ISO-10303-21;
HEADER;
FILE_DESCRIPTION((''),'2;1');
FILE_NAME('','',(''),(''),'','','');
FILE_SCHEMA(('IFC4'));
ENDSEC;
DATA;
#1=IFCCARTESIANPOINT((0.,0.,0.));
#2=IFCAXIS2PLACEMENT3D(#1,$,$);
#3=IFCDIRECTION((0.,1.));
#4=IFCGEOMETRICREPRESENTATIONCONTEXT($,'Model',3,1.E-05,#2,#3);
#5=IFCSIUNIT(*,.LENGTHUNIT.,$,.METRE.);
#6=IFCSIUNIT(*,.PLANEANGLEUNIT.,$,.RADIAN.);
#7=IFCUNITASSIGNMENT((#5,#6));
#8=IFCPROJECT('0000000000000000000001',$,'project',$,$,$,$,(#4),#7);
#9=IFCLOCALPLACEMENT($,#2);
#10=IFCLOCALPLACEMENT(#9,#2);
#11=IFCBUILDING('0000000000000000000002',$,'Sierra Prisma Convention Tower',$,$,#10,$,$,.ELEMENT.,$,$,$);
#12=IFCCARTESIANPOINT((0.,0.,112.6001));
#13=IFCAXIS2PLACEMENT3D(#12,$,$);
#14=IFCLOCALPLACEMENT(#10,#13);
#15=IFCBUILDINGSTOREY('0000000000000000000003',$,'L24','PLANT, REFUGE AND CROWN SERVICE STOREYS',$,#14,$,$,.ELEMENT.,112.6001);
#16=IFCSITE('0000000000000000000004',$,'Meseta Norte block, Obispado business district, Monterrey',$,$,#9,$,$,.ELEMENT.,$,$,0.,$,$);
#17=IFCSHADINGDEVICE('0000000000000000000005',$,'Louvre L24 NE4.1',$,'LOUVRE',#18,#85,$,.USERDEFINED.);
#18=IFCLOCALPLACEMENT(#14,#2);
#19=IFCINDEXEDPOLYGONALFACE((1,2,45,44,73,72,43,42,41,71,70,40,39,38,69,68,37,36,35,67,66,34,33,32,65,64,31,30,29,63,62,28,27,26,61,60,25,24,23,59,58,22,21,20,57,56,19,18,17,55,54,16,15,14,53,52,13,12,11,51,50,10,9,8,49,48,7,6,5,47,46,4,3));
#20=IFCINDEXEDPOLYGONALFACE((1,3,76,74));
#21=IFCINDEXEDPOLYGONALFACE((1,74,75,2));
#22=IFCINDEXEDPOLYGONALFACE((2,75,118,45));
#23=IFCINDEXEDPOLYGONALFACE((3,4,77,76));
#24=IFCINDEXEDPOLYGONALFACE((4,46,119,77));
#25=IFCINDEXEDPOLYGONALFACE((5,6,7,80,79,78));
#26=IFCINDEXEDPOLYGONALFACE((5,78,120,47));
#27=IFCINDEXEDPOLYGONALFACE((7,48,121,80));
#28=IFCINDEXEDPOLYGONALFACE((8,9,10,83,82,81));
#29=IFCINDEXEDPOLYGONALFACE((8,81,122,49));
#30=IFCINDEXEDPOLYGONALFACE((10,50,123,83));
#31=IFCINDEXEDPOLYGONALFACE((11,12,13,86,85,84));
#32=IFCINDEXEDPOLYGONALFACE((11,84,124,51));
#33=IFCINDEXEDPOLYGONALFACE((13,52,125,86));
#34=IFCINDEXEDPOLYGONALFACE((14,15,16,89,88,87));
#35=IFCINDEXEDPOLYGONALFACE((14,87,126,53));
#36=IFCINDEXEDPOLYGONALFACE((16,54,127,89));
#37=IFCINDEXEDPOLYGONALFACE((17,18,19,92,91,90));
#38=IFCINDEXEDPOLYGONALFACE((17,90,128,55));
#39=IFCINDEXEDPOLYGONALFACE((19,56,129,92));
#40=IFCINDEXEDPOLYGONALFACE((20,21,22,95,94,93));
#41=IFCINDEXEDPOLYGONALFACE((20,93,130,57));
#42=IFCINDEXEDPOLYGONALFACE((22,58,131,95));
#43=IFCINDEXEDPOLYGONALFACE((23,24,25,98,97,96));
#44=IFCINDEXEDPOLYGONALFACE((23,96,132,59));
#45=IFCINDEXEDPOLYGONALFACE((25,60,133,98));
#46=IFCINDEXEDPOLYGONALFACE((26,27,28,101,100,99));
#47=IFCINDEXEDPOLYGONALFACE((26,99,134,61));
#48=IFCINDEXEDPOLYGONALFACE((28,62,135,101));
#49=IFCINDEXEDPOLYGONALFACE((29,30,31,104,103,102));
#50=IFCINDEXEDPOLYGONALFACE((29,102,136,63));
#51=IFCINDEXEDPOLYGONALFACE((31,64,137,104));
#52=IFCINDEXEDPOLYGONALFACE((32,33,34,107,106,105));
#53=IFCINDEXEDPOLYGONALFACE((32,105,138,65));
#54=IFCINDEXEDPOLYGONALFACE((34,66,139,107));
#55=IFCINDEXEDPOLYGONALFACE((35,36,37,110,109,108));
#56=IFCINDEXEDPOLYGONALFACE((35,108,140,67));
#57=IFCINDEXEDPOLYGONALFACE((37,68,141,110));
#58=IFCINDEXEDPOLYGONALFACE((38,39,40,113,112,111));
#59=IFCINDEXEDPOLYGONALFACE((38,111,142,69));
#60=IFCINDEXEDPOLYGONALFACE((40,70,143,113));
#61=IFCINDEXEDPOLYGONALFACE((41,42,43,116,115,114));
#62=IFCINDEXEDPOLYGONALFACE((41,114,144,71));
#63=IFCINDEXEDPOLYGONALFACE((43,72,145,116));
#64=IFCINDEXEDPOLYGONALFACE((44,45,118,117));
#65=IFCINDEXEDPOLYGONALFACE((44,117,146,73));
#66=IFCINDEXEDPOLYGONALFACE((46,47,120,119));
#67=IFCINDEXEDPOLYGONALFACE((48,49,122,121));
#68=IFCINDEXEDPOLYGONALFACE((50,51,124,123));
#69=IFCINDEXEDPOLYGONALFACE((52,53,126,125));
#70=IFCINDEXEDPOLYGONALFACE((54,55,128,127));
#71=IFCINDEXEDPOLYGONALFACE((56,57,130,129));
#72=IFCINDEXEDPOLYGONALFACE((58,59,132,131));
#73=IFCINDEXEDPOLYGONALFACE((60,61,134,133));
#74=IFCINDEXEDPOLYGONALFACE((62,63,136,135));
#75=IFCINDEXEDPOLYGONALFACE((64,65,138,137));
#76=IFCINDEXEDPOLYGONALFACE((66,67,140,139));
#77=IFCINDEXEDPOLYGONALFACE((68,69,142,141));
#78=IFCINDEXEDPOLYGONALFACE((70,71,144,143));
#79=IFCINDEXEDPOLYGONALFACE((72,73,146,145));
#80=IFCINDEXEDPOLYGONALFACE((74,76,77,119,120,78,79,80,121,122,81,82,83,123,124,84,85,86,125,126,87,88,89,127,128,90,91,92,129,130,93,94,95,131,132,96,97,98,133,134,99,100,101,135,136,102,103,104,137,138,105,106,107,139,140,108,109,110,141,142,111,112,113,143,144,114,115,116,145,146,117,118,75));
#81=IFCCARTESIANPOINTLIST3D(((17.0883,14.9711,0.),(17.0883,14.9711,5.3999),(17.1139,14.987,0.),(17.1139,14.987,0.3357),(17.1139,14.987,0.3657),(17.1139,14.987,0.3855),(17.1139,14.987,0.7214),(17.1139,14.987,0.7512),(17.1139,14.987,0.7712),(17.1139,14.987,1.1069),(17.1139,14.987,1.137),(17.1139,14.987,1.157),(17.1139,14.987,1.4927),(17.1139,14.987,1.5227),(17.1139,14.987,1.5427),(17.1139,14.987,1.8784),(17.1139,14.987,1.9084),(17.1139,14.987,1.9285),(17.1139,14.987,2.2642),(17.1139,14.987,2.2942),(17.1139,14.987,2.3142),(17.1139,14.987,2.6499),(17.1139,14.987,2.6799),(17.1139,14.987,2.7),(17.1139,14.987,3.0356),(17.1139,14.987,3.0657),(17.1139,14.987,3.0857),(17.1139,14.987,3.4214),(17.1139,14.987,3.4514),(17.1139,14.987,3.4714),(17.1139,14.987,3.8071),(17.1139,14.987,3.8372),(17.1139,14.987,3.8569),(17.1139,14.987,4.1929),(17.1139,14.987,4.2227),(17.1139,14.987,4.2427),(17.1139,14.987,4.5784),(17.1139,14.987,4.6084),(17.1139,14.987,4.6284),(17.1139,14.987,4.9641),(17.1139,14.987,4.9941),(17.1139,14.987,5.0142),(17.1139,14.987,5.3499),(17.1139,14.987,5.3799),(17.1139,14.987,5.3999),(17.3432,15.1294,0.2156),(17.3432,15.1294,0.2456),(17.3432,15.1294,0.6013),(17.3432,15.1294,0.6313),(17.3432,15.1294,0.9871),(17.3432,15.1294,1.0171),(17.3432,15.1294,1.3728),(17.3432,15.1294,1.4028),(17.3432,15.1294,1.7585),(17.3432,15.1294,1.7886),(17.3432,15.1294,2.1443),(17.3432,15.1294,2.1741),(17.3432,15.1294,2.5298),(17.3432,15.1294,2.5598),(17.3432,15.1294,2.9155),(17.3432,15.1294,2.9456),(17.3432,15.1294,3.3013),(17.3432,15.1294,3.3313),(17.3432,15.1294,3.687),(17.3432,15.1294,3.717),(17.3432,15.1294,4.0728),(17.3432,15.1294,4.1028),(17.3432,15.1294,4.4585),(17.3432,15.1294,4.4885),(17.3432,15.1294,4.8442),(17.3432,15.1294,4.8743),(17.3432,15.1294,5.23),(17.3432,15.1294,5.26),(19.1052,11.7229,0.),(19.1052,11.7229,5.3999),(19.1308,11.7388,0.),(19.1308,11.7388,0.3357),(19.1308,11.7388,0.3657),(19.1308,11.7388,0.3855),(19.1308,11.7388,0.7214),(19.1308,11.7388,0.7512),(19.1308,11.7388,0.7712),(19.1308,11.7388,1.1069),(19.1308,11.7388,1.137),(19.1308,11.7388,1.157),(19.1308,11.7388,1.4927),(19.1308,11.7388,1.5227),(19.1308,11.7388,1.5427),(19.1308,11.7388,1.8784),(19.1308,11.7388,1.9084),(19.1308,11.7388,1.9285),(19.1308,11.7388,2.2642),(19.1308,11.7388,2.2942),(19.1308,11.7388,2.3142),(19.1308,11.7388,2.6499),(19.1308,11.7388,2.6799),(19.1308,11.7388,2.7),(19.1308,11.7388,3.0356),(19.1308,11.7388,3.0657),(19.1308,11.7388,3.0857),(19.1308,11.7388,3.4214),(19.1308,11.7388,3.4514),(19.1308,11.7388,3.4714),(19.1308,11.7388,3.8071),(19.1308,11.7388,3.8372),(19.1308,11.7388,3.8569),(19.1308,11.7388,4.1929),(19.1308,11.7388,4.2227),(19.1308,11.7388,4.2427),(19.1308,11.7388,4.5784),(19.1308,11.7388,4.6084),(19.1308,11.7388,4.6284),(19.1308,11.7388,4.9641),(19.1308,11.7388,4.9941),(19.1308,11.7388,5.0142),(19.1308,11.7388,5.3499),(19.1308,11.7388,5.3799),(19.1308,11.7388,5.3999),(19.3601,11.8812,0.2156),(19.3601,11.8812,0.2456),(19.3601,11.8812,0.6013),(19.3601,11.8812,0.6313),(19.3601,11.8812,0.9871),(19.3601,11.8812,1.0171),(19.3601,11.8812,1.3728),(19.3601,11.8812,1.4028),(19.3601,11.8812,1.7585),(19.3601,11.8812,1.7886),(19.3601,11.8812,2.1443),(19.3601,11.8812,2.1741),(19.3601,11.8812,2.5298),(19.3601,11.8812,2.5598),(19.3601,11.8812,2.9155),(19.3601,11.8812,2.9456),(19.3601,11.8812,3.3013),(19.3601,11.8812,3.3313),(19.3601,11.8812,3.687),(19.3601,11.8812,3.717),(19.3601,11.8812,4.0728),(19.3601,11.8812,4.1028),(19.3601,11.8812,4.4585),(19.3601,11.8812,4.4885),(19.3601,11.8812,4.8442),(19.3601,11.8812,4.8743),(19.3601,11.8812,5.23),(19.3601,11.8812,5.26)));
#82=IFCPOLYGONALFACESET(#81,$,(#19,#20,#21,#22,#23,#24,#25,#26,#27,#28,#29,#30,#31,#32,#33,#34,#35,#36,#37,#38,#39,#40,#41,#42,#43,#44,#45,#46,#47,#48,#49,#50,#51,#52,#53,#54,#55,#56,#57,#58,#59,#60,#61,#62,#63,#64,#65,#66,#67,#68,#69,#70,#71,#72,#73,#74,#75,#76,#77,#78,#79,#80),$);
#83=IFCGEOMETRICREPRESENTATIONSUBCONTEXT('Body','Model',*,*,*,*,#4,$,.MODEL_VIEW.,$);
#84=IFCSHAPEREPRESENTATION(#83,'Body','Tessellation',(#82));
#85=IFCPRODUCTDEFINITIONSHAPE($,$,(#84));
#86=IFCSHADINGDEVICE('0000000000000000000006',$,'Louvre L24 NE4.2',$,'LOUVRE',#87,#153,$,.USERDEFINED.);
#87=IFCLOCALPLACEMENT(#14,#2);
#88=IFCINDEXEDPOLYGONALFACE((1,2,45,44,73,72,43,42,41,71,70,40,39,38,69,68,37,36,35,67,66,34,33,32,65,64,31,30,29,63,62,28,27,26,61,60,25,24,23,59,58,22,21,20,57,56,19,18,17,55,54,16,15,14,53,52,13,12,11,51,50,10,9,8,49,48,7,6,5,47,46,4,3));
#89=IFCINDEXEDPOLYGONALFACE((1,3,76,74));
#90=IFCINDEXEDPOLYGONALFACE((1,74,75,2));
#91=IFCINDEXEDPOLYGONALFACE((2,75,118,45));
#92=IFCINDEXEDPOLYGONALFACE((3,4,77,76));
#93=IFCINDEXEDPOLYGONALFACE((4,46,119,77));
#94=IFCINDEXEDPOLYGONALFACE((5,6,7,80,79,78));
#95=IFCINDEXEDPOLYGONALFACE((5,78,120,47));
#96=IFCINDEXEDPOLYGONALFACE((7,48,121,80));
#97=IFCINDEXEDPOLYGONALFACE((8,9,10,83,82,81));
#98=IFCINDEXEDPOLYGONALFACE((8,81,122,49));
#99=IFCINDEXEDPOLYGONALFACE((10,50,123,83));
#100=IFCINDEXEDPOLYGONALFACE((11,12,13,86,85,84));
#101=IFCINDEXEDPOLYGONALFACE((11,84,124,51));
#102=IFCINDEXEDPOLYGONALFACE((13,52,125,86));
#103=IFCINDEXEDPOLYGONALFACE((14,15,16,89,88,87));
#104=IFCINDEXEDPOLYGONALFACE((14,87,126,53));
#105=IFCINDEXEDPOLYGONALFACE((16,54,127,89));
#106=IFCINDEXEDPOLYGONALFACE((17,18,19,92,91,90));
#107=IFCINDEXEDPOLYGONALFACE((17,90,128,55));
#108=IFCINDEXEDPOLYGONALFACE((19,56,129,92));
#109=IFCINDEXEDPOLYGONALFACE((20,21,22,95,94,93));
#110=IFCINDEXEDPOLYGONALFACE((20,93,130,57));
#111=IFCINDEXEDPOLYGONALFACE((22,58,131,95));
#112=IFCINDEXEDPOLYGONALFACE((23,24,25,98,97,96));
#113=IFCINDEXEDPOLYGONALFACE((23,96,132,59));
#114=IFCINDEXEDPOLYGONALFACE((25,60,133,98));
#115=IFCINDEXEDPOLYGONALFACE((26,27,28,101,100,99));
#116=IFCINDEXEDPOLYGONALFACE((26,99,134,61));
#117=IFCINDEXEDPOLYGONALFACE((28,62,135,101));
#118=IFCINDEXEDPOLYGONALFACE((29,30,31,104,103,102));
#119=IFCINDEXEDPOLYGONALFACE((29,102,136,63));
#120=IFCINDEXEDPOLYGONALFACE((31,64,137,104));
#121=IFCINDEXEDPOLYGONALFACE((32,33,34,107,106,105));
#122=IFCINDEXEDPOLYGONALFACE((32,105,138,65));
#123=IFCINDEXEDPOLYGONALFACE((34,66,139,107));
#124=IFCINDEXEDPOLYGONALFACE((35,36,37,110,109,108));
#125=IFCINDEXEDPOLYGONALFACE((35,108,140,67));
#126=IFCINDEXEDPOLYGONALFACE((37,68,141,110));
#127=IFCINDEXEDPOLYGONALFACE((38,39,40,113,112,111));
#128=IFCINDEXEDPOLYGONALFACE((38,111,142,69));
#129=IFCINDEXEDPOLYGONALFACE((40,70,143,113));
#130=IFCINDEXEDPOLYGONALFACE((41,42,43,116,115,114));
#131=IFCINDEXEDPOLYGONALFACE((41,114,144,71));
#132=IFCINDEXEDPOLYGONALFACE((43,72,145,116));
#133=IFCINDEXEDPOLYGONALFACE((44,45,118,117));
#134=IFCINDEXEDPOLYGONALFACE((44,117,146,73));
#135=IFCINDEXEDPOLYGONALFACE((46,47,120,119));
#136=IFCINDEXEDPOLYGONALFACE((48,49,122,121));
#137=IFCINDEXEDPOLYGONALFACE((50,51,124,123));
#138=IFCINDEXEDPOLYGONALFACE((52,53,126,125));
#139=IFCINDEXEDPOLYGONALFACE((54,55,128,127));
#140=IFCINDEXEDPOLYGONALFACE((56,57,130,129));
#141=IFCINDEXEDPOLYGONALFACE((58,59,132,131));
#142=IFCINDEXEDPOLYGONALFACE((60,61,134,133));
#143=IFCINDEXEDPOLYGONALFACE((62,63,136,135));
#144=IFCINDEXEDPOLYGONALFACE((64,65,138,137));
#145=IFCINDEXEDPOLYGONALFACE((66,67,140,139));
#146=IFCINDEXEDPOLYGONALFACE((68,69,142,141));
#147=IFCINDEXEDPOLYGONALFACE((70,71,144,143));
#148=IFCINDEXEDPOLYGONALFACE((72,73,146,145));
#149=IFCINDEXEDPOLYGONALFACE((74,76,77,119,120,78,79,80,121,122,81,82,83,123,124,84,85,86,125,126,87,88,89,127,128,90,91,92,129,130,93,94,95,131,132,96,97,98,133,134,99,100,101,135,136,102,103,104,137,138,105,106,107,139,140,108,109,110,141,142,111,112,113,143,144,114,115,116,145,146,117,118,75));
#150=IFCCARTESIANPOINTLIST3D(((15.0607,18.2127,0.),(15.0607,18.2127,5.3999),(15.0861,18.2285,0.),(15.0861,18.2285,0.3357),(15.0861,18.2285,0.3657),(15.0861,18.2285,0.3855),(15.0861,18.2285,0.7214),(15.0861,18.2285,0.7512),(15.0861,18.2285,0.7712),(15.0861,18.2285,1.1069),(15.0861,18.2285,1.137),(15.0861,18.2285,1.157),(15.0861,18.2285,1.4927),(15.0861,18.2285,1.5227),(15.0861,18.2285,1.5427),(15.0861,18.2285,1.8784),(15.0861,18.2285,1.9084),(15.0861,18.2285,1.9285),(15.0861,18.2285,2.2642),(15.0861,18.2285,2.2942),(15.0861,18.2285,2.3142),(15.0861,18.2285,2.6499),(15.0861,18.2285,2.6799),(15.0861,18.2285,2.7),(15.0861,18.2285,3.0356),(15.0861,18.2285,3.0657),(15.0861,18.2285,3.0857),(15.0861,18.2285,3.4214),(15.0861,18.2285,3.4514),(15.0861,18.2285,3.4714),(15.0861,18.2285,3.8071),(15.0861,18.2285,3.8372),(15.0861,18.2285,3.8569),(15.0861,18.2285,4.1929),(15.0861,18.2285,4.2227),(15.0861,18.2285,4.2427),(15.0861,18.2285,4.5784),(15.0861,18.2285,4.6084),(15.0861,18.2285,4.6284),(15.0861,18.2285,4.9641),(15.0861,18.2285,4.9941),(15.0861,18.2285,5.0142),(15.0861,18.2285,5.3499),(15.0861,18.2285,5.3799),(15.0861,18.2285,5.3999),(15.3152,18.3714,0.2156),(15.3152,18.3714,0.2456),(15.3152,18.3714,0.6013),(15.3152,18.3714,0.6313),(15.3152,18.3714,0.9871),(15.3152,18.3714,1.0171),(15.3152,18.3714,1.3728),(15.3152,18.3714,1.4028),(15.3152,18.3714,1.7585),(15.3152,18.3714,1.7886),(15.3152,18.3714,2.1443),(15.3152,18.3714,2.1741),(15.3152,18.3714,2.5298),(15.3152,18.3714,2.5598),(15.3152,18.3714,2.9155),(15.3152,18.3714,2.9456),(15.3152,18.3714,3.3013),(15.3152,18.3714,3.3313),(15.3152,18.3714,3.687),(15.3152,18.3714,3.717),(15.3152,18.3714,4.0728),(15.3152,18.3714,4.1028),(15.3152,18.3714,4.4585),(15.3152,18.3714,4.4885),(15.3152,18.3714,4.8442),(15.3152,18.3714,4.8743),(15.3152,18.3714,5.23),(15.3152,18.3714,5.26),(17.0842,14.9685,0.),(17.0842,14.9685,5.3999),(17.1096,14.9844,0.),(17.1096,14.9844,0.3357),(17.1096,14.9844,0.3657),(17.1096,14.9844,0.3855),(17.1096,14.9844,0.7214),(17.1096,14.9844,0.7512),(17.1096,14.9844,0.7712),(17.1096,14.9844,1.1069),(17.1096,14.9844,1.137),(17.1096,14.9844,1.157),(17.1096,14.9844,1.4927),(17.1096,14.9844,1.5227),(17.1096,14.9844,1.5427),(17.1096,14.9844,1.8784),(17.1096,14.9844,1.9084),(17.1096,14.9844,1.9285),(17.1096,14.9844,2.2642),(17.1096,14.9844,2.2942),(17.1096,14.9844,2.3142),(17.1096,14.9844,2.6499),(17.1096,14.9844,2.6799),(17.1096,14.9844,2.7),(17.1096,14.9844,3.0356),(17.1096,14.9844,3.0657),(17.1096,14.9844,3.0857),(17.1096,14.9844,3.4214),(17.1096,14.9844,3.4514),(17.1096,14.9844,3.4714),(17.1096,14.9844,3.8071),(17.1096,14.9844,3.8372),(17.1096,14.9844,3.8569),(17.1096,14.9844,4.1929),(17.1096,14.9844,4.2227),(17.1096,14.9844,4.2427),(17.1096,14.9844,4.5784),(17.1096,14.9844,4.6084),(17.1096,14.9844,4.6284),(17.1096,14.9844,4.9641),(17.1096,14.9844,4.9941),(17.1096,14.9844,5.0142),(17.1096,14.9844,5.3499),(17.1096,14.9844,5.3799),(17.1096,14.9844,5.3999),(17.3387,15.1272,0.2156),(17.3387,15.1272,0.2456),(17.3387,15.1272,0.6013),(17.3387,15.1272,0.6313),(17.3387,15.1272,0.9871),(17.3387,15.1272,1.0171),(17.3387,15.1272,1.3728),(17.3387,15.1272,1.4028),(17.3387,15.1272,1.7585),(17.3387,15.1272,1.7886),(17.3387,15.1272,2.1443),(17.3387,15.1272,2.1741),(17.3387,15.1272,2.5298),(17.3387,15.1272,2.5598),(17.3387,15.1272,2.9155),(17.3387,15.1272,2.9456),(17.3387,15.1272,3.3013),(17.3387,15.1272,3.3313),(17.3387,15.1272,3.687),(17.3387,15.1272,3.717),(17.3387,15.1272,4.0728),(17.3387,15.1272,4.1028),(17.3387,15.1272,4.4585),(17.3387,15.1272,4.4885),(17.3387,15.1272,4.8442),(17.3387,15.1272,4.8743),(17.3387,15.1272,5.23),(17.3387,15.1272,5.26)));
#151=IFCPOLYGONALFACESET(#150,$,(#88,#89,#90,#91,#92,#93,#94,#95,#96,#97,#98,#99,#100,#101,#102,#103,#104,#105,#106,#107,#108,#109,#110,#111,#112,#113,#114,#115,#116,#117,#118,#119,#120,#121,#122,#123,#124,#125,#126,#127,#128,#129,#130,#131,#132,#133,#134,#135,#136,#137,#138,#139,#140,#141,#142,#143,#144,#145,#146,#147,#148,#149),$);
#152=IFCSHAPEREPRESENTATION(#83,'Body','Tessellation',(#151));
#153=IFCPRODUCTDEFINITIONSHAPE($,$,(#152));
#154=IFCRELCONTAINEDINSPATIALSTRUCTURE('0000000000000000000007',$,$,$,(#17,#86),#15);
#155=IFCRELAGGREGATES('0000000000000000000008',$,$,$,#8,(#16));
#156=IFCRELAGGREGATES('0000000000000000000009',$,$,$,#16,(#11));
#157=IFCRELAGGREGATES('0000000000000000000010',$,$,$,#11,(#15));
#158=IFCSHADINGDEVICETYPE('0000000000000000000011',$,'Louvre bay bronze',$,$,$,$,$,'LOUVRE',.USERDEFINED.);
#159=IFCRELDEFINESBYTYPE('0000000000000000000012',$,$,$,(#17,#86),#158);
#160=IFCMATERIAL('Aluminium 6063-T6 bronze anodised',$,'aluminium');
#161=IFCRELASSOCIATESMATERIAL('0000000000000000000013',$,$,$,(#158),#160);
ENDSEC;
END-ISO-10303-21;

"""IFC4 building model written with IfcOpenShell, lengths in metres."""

from ifc_helpers import new_model, si_unit, direction, frame, origin, place, context, subcontext, project, spatial, polyline, outline, extrude, material, type_object, element, save


model = new_model("IFC4")

# Units and contexts
model_context = context("Model", 3, precision=1e-05, world=origin(), true_north=direction((0.0, 1.0)))
body_context = subcontext(model_context, "Body", "Model", "MODEL_VIEW")
ifc_project = project(units=[si_unit("LENGTHUNIT", "METRE"), si_unit("PLANEANGLEUNIT", "RADIAN")], contexts=[model_context])

# Site, building, storey
site_placement = place(None, origin())
site = spatial("IfcSite", under=ifc_project, at=site_placement, Name="Meseta Norte block, Obispado business district, Monterrey", CompositionType="ELEMENT", RefElevation=0.0)
building_placement = place(site_placement, origin())
building = spatial("IfcBuilding", under=site, at=building_placement, Name="Sierra Prisma Convention Tower", CompositionType="ELEMENT")
storey_placement = place(building_placement, frame((0.0, 0.0, 112.6001)))
storey = spatial("IfcBuildingStorey", under=building, at=storey_placement, Name="L24", Description="PLANT, REFUGE AND CROWN SERVICE STOREYS", CompositionType="ELEMENT", Elevation=112.6001)

# Shading devices
ifc_material_1 = material(Name="Aluminium 6063-T6 bronze anodised", Category="aluminium")
shading_device_type = type_object("IfcShadingDeviceType", Name="Louvre bay bronze", ElementType="LOUVRE", PredefinedType="USERDEFINED", material=ifc_material_1)
shading_device_1_placement = place(storey_placement, frame((19.1052, 11.7229, 0.0), z_axis=(0.527517, -0.849544, 0.0), x_axis=(0.0, 0.0, 1.0)))
element("IfcShadingDevice", 1, at=shading_device_1_placement, inside=storey, type_object=shading_device_type, Name="Louvre L24 NE4.1", ObjectType="LOUVRE", PredefinedType="USERDEFINED", context=body_context, shape_type="SweptSolid", body=[
    extrude(outline(polyline([(0.0, 0.0), (5.3999, 0.0), (5.3999, -0.0301), (5.3799, -0.0301), (5.26, -0.3), (5.23, -0.3), (5.3499, -0.0301), (5.0142, -0.0301), (4.9941, -0.0301), (4.8743, -0.3), (4.8442, -0.3), (4.9641, -0.0301), (4.6284, -0.0301), (4.6084, -0.0301), (4.4885, -0.3), (4.4585, -0.3), (4.5784, -0.0301), (4.2427, -0.0301), (4.2227, -0.0301), (4.1028, -0.3), (4.0728, -0.3), (4.1929, -0.0301), (3.8569, -0.0301), (3.8372, -0.0301), (3.717, -0.3), (3.687, -0.3), (3.8071, -0.0301), (3.4714, -0.0301), (3.4514, -0.0301), (3.3313, -0.3), (3.3013, -0.3), (3.4214, -0.0301), (3.0857, -0.0301), (3.0657, -0.0301), (2.9456, -0.3), (2.9155, -0.3), (3.0356, -0.0301), (2.7, -0.0301), (2.6799, -0.0301), (2.5598, -0.3), (2.5298, -0.3), (2.6499, -0.0301), (2.3142, -0.0301), (2.2942, -0.0301), (2.1741, -0.3), (2.1443, -0.3), (2.2642, -0.0301), (1.9285, -0.0301), (1.9084, -0.0301), (1.7886, -0.3), (1.7585, -0.3), (1.8784, -0.0301), (1.5427, -0.0301), (1.5227, -0.0301), (1.4028, -0.3), (1.3728, -0.3), (1.4927, -0.0301), (1.157, -0.0301), (1.137, -0.0301), (1.0171, -0.3), (0.9871, -0.3), (1.1069, -0.0301), (0.7712, -0.0301), (0.7512, -0.0301), (0.6313, -0.3), (0.6013, -0.3), (0.7214, -0.0301), (0.3855, -0.0301), (0.3657, -0.0301), (0.2456, -0.3), (0.2156, -0.3), (0.3357, -0.0301), (0.0, -0.0301), (0.0, 0.0)])), origin(), (0.0, 0.0, -1.0), 3.8235),
])
shading_device_2_placement = place(storey_placement, frame((17.0842, 14.9685, 0.0), z_axis=(0.529228, -0.84848, 0.0), x_axis=(0.0, 0.0, 1.0)))
element("IfcShadingDevice", 2, at=shading_device_2_placement, inside=storey, type_object=shading_device_type, Name="Louvre L24 NE4.2", ObjectType="LOUVRE", PredefinedType="USERDEFINED", context=body_context, shape_type="SweptSolid", body=[
    extrude(outline(polyline([(0.0, 0.0), (5.3999, 0.0), (5.3999, -0.0299), (5.3799, -0.0299), (5.26, -0.2999), (5.23, -0.2999), (5.3499, -0.0299), (5.0142, -0.0299), (4.9941, -0.0299), (4.8743, -0.2999), (4.8442, -0.2999), (4.9641, -0.0299), (4.6284, -0.0299), (4.6084, -0.0299), (4.4885, -0.2999), (4.4585, -0.2999), (4.5784, -0.0299), (4.2427, -0.0299), (4.2227, -0.0299), (4.1028, -0.2999), (4.0728, -0.2999), (4.1929, -0.0299), (3.8569, -0.0299), (3.8372, -0.0299), (3.717, -0.2999), (3.687, -0.2999), (3.8071, -0.0299), (3.4714, -0.0299), (3.4514, -0.0299), (3.3313, -0.2999), (3.3013, -0.2999), (3.4214, -0.0299), (3.0857, -0.0299), (3.0657, -0.0299), (2.9456, -0.2999), (2.9155, -0.2999), (3.0356, -0.0299), (2.7, -0.0299), (2.6799, -0.0299), (2.5598, -0.2999), (2.5298, -0.2999), (2.6499, -0.0299), (2.3142, -0.0299), (2.2942, -0.0299), (2.1741, -0.2999), (2.1443, -0.2999), (2.2642, -0.0299), (1.9285, -0.0299), (1.9084, -0.0299), (1.7886, -0.2999), (1.7585, -0.2999), (1.8784, -0.0299), (1.5427, -0.0299), (1.5227, -0.0299), (1.4028, -0.2999), (1.3728, -0.2999), (1.4927, -0.0299), (1.157, -0.0299), (1.137, -0.0299), (1.0171, -0.2999), (0.9871, -0.2999), (1.1069, -0.0299), (0.7712, -0.0299), (0.7512, -0.0299), (0.6313, -0.2999), (0.6013, -0.2999), (0.7214, -0.0299), (0.3855, -0.0299), (0.3657, -0.0299), (0.2456, -0.2999), (0.2156, -0.2999), (0.3357, -0.0299), (0.0, -0.0299), (0.0, 0.0)])), origin(), (0.0, 0.0, -1.0), 3.8235),
])

save(model, "model.ifc")
